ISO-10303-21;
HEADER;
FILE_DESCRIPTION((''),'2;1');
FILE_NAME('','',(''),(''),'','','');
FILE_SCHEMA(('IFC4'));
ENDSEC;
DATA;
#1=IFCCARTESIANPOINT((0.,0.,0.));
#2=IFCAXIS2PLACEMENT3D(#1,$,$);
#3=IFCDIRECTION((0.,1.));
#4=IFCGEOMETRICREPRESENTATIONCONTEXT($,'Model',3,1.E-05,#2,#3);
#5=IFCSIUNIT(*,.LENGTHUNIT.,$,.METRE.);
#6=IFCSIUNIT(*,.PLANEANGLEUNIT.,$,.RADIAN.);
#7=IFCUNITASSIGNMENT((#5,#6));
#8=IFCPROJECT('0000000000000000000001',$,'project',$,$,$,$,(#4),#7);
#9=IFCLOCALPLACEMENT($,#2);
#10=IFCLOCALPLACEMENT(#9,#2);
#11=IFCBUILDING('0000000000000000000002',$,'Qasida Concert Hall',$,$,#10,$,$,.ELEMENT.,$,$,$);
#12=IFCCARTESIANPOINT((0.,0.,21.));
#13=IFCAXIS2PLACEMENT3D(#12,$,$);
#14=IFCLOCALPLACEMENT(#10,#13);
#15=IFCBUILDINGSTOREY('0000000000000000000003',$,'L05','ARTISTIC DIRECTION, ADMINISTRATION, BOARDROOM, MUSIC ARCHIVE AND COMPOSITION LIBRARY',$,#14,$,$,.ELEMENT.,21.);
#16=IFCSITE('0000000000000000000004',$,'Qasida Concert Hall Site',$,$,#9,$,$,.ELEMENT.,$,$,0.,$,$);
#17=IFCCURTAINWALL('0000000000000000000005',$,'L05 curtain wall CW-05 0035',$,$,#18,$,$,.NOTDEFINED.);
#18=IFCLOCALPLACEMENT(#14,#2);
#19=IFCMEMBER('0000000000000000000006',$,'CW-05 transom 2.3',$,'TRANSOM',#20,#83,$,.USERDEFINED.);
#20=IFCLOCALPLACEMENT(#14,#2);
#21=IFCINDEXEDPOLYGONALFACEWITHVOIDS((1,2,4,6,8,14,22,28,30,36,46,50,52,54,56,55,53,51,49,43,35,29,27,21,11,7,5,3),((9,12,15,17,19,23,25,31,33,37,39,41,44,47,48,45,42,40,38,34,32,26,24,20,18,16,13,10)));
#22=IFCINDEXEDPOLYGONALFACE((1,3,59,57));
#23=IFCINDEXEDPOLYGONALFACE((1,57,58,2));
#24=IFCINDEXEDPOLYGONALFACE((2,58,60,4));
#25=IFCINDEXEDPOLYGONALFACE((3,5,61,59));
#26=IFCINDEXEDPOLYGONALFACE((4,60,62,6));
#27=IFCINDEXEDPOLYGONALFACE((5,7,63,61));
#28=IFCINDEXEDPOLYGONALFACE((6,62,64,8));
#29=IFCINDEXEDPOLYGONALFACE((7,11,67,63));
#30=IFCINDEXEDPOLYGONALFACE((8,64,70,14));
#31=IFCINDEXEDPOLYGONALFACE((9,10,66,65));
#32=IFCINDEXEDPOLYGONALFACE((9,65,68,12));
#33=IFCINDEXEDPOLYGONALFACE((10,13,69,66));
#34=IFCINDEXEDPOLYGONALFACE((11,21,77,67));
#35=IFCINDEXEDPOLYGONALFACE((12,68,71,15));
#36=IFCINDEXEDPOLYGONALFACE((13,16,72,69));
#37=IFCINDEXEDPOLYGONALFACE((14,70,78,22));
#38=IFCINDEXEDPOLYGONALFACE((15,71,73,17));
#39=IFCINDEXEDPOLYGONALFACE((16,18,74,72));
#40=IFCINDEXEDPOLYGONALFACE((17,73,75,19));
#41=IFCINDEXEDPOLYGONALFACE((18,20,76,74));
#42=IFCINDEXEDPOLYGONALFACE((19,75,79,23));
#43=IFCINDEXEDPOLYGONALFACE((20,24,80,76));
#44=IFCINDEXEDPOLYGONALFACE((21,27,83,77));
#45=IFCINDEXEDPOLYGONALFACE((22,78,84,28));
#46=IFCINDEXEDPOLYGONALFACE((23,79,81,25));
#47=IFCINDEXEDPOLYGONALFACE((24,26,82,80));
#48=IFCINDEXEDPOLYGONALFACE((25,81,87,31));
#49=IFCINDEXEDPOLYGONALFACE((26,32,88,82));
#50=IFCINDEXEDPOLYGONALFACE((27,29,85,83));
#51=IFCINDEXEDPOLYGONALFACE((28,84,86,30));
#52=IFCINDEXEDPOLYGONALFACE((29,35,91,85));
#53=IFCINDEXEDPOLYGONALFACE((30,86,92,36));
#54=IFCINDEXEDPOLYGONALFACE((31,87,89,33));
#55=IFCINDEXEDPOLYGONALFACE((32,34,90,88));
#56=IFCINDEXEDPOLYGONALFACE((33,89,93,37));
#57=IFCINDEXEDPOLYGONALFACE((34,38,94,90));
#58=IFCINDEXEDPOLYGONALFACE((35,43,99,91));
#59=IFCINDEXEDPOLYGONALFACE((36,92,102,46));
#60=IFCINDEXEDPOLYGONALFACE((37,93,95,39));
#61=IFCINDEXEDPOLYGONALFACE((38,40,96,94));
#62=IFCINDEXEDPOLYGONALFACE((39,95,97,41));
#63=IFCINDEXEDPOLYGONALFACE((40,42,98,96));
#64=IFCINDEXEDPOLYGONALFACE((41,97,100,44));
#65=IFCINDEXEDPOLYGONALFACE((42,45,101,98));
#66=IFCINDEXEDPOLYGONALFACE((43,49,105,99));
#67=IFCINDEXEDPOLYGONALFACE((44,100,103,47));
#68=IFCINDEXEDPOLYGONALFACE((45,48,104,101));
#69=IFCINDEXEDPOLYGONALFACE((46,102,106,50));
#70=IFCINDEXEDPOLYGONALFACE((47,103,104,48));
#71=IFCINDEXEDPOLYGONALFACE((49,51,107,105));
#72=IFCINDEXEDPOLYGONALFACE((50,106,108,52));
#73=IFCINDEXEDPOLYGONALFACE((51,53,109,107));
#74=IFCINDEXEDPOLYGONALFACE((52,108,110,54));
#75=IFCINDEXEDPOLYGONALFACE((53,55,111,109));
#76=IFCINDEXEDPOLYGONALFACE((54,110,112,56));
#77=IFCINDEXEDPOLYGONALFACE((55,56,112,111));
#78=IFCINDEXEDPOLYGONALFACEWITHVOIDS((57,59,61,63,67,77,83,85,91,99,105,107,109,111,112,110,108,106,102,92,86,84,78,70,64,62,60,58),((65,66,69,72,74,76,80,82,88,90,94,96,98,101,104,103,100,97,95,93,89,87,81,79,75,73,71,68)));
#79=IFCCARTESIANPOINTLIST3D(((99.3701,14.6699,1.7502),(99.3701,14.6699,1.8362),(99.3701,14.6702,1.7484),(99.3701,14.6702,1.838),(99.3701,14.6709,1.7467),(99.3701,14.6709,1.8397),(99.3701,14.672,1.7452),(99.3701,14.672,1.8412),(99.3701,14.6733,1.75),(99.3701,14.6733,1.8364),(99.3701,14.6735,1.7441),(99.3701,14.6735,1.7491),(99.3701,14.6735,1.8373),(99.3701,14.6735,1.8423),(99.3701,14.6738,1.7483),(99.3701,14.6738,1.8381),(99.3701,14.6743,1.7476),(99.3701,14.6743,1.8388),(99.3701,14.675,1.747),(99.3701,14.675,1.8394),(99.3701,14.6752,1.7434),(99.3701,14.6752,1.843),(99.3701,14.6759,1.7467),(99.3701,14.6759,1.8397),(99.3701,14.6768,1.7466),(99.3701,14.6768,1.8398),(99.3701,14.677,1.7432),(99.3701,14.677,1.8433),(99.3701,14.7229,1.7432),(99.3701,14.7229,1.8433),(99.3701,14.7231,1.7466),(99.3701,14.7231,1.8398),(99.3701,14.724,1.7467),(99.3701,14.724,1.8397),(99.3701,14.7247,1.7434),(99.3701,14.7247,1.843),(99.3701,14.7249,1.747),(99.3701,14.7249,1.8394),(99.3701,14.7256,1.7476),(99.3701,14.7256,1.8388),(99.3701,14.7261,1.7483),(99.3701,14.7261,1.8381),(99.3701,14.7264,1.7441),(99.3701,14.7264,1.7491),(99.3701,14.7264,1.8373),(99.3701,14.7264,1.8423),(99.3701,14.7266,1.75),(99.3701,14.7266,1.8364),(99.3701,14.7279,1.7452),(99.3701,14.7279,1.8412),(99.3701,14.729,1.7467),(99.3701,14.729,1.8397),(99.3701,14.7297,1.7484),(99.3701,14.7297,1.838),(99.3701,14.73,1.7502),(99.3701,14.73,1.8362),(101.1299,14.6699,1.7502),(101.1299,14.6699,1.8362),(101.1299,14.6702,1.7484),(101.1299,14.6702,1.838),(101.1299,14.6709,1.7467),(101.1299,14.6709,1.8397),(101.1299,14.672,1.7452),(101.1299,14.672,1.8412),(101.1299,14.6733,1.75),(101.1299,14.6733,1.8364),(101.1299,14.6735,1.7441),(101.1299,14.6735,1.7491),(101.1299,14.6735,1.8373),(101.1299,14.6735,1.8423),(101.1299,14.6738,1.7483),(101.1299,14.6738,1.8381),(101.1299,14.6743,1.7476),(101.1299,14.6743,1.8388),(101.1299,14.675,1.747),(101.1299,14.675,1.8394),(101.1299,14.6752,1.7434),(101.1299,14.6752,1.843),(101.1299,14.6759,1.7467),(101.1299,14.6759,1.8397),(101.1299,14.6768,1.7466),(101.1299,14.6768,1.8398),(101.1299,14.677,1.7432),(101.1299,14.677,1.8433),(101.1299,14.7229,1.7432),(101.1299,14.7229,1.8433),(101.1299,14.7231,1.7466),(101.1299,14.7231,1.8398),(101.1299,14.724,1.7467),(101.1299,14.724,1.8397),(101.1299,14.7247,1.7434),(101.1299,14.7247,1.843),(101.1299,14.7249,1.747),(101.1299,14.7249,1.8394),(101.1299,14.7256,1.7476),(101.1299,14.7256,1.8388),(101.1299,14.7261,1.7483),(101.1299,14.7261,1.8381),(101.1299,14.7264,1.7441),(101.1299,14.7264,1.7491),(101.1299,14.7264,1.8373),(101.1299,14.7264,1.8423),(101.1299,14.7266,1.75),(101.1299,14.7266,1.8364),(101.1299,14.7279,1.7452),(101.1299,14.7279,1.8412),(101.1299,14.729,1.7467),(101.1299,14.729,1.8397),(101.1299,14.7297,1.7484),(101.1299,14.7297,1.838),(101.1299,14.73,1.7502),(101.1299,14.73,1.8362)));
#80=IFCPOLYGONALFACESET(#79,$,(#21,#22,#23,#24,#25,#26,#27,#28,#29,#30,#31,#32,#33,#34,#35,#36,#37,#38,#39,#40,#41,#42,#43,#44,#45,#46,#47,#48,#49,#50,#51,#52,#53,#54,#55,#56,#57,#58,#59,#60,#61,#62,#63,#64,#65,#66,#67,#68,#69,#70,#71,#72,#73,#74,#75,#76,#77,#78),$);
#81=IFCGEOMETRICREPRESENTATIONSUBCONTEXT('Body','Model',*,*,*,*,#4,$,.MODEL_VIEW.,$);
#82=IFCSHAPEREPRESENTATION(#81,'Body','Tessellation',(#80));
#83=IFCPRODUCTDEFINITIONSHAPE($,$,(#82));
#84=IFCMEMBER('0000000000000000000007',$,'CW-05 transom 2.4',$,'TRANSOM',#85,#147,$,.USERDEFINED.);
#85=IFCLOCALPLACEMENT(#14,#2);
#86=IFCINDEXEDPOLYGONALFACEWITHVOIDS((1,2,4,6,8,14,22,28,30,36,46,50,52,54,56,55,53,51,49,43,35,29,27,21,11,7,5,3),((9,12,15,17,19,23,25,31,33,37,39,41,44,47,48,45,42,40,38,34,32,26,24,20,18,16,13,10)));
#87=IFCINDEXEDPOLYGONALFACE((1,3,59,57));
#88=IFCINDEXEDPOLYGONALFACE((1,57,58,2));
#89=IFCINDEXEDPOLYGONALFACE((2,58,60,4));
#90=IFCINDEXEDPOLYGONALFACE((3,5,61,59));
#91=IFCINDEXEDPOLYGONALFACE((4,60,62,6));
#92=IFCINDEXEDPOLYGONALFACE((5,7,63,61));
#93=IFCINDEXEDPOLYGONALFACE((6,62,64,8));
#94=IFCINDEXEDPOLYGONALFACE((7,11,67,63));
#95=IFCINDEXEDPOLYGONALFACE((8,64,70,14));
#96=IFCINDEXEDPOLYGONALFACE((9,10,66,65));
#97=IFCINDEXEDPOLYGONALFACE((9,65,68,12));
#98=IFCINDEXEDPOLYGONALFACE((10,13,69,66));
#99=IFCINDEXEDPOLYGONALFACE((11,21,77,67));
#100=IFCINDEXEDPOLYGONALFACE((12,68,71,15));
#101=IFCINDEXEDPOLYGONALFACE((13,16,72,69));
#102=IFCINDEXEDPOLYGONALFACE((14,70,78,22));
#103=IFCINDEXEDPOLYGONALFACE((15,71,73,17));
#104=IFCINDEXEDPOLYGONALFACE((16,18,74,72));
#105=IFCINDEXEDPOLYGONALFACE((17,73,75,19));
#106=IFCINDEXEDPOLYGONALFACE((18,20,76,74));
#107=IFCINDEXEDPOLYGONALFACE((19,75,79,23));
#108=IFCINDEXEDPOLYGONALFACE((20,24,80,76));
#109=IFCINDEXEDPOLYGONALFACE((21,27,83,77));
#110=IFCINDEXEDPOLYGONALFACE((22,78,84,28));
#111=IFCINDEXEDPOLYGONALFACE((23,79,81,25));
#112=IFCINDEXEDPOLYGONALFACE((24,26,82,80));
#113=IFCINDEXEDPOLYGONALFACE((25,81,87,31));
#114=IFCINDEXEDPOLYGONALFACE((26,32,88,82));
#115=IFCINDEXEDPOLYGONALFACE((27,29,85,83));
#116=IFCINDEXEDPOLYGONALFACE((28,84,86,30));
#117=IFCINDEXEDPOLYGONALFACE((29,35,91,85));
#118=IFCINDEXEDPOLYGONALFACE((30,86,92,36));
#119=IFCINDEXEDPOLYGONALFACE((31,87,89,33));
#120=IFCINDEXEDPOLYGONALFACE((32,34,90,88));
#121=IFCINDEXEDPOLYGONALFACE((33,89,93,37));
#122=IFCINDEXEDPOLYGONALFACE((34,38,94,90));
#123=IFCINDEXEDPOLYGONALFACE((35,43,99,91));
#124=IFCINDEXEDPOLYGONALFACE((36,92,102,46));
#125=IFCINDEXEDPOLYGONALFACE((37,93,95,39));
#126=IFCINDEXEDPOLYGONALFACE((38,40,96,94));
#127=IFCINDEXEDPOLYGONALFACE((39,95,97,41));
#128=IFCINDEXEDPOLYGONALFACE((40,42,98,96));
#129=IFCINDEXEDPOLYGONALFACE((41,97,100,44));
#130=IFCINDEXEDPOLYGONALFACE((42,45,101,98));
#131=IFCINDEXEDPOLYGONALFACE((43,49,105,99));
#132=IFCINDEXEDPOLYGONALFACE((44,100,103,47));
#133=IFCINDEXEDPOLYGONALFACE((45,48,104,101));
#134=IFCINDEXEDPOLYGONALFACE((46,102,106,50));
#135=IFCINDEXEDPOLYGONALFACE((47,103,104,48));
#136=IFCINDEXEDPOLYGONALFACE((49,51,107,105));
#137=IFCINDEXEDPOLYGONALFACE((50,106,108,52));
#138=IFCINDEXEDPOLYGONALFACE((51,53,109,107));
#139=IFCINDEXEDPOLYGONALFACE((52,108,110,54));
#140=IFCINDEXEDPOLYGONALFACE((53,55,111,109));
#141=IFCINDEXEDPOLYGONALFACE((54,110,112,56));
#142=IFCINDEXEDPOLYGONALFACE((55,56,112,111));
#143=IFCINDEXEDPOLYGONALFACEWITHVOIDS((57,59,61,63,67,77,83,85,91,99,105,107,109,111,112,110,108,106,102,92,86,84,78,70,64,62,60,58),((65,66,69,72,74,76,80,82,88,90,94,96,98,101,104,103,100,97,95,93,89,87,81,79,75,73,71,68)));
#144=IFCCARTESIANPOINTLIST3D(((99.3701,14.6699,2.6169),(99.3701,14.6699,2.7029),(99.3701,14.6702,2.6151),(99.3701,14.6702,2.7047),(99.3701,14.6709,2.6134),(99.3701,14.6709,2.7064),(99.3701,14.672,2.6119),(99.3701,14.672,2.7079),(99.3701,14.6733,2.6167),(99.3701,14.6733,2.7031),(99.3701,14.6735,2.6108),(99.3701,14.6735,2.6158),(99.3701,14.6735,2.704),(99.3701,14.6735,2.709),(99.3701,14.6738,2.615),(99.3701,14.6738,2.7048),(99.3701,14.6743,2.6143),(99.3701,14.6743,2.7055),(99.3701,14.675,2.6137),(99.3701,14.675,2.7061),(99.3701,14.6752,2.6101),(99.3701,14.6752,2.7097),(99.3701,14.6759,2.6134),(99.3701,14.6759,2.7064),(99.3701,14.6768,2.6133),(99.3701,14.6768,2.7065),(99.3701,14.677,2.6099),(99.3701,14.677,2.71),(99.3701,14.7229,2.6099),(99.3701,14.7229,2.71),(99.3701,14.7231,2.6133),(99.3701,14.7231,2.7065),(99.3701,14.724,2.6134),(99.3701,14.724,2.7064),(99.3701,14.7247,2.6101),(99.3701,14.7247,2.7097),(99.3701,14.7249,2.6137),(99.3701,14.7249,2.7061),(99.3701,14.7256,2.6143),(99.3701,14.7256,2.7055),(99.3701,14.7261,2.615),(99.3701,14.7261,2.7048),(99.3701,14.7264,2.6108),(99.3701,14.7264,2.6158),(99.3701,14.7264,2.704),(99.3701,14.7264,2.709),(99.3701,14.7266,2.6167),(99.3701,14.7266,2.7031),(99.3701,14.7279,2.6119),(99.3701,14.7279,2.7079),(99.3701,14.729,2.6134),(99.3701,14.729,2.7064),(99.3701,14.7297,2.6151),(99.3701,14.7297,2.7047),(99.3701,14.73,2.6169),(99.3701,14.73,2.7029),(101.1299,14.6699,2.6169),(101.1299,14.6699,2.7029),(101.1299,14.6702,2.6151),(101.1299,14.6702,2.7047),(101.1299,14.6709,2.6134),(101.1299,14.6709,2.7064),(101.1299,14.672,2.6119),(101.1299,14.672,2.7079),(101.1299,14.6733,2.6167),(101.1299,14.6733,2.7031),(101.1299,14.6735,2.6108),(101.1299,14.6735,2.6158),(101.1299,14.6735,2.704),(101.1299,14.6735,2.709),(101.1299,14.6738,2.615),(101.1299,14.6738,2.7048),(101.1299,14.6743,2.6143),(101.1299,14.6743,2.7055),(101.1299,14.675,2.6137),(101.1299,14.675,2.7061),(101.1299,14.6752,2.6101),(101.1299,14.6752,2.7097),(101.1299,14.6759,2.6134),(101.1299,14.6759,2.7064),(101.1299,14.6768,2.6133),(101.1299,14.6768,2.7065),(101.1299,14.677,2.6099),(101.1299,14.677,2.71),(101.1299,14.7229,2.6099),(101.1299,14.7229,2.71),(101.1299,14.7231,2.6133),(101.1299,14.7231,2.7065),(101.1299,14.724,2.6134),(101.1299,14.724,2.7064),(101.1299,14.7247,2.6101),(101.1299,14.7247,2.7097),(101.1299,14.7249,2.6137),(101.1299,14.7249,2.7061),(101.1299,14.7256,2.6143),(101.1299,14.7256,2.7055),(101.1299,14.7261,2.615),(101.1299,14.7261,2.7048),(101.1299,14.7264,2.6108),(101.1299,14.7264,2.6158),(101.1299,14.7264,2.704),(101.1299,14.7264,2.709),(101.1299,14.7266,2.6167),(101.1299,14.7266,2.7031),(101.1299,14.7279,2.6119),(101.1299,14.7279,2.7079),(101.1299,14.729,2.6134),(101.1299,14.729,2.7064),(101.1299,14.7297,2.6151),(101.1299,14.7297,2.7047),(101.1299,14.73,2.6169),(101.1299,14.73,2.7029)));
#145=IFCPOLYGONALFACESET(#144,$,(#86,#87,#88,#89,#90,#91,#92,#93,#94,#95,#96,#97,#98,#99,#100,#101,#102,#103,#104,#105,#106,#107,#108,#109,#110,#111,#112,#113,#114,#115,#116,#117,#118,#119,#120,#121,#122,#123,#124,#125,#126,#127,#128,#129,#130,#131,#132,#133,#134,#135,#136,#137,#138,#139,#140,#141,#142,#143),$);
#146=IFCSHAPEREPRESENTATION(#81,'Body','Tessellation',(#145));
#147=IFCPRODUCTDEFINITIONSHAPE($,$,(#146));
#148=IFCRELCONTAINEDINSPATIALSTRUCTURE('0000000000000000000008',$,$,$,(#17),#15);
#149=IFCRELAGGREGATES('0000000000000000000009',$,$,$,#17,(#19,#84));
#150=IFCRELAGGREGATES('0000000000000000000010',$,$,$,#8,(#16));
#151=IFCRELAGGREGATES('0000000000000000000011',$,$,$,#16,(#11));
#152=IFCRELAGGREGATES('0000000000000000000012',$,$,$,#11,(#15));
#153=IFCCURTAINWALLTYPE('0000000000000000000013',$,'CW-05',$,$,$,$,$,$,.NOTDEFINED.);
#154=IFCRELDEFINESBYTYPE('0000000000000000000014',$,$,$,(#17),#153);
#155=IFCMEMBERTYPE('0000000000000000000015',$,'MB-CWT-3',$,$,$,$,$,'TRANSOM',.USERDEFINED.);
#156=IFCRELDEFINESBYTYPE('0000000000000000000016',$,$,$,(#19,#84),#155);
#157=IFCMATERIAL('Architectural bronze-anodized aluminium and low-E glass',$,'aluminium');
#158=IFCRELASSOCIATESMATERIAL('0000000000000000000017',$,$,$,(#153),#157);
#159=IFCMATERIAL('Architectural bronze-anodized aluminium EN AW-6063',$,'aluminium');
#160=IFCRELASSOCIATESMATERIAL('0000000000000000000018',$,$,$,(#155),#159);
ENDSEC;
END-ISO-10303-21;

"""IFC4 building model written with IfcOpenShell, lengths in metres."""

from ifc_helpers import new_model, si_unit, direction, frame, origin, origin_2d, place, context, subcontext, project, spatial, hollow_rectangle, extrude, material, material_profile, profile_set, type_object, element, aggregate, save


model = new_model("IFC4")

# Units and contexts
model_context = context("Model", 3, precision=1e-05, world=origin(), true_north=direction((0.0, 1.0)))
body_context = subcontext(model_context, "Body", "Model", "MODEL_VIEW")
ifc_project = project(units=[si_unit("LENGTHUNIT", "METRE"), si_unit("PLANEANGLEUNIT", "RADIAN")], contexts=[model_context])

# Site, building, storey
site_placement = place(None, origin())
site = spatial("IfcSite", under=ifc_project, at=site_placement, Name="Qasida Concert Hall Site", CompositionType="ELEMENT", RefElevation=0.0)
building_placement = place(site_placement, origin())
building = spatial("IfcBuilding", under=site, at=building_placement, Name="Qasida Concert Hall", CompositionType="ELEMENT")
storey_placement = place(building_placement, frame((0.0, 0.0, 21.0)))
storey = spatial("IfcBuildingStorey", under=building, at=storey_placement, Name="L05", Description="ARTISTIC DIRECTION, ADMINISTRATION, BOARDROOM, MUSIC ARCHIVE AND COMPOSITION LIBRARY", CompositionType="ELEMENT", Elevation=21.0)

# Curtain wall, members
ifc_material_1 = material(Name="Architectural bronze-anodized aluminium and low-E glass", Category="aluminium")
curtain_wall_type = type_object("IfcCurtainWallType", Name="CW-05", PredefinedType="NOTDEFINED", material=ifc_material_1)
curtain_wall_placement = place(storey_placement, origin())
curtain_wall = element("IfcCurtainWall", 1, at=curtain_wall_placement, inside=storey, type_object=curtain_wall_type, Name="L05 curtain wall CW-05 0035", PredefinedType="NOTDEFINED")
ifc_material_2 = material(Name="Architectural bronze-anodized aluminium EN AW-6063", Category="aluminium")
ifc_material_profile_1 = material_profile(ifc_material_2, hollow_rectangle(XDim=0.0601, YDim=0.1001, WallThickness=0.0034, InnerFilletRadius=0.0034, OuterFilletRadius=0.0071, at=origin_2d()), Name="CWT 100x60x3.5")
ifc_profile_set_1 = profile_set([ifc_material_profile_1], Name="Architectural bronze-anodized aluminium EN AW-6063")
member_type_1 = type_object("IfcMemberType", Name="MB-CWT-3", ElementType="TRANSOM", PredefinedType="USERDEFINED", material=ifc_profile_set_1)
member_1_placement = place(storey_placement, frame((99.3701, 14.7, 1.7932), z_axis=(1.0, 0.0, 0.0), x_axis=(0.0, 1.0, 0.0)))
member_1 = element("IfcMember", 2, at=member_1_placement, type_object=member_type_1, Name="CW-05 transom 2.3", ObjectType="TRANSOM", PredefinedType="USERDEFINED", context=body_context, shape_type="SweptSolid", body=[
    extrude(hollow_rectangle(XDim=0.0601, YDim=0.1001, WallThickness=0.0034, InnerFilletRadius=0.0034, OuterFilletRadius=0.0071, at=origin_2d()), origin(), (0.0, 0.0, 1.0), 1.7598),
])
member_2_placement = place(storey_placement, frame((99.3701, 14.7, 2.6599), z_axis=(1.0, 0.0, 0.0), x_axis=(0.0, 1.0, 0.0)))
member_2 = element("IfcMember", 3, at=member_2_placement, type_object=member_type_1, Name="CW-05 transom 2.4", ObjectType="TRANSOM", PredefinedType="USERDEFINED", context=body_context, shape_type="SweptSolid", body=[
    extrude(hollow_rectangle(XDim=0.0601, YDim=0.1001, WallThickness=0.0034, InnerFilletRadius=0.0034, OuterFilletRadius=0.0071, at=origin_2d()), origin(), (0.0, 0.0, 1.0), 1.7598),
])
aggregate(curtain_wall, [member_1, member_2])

save(model, "model.ifc")
